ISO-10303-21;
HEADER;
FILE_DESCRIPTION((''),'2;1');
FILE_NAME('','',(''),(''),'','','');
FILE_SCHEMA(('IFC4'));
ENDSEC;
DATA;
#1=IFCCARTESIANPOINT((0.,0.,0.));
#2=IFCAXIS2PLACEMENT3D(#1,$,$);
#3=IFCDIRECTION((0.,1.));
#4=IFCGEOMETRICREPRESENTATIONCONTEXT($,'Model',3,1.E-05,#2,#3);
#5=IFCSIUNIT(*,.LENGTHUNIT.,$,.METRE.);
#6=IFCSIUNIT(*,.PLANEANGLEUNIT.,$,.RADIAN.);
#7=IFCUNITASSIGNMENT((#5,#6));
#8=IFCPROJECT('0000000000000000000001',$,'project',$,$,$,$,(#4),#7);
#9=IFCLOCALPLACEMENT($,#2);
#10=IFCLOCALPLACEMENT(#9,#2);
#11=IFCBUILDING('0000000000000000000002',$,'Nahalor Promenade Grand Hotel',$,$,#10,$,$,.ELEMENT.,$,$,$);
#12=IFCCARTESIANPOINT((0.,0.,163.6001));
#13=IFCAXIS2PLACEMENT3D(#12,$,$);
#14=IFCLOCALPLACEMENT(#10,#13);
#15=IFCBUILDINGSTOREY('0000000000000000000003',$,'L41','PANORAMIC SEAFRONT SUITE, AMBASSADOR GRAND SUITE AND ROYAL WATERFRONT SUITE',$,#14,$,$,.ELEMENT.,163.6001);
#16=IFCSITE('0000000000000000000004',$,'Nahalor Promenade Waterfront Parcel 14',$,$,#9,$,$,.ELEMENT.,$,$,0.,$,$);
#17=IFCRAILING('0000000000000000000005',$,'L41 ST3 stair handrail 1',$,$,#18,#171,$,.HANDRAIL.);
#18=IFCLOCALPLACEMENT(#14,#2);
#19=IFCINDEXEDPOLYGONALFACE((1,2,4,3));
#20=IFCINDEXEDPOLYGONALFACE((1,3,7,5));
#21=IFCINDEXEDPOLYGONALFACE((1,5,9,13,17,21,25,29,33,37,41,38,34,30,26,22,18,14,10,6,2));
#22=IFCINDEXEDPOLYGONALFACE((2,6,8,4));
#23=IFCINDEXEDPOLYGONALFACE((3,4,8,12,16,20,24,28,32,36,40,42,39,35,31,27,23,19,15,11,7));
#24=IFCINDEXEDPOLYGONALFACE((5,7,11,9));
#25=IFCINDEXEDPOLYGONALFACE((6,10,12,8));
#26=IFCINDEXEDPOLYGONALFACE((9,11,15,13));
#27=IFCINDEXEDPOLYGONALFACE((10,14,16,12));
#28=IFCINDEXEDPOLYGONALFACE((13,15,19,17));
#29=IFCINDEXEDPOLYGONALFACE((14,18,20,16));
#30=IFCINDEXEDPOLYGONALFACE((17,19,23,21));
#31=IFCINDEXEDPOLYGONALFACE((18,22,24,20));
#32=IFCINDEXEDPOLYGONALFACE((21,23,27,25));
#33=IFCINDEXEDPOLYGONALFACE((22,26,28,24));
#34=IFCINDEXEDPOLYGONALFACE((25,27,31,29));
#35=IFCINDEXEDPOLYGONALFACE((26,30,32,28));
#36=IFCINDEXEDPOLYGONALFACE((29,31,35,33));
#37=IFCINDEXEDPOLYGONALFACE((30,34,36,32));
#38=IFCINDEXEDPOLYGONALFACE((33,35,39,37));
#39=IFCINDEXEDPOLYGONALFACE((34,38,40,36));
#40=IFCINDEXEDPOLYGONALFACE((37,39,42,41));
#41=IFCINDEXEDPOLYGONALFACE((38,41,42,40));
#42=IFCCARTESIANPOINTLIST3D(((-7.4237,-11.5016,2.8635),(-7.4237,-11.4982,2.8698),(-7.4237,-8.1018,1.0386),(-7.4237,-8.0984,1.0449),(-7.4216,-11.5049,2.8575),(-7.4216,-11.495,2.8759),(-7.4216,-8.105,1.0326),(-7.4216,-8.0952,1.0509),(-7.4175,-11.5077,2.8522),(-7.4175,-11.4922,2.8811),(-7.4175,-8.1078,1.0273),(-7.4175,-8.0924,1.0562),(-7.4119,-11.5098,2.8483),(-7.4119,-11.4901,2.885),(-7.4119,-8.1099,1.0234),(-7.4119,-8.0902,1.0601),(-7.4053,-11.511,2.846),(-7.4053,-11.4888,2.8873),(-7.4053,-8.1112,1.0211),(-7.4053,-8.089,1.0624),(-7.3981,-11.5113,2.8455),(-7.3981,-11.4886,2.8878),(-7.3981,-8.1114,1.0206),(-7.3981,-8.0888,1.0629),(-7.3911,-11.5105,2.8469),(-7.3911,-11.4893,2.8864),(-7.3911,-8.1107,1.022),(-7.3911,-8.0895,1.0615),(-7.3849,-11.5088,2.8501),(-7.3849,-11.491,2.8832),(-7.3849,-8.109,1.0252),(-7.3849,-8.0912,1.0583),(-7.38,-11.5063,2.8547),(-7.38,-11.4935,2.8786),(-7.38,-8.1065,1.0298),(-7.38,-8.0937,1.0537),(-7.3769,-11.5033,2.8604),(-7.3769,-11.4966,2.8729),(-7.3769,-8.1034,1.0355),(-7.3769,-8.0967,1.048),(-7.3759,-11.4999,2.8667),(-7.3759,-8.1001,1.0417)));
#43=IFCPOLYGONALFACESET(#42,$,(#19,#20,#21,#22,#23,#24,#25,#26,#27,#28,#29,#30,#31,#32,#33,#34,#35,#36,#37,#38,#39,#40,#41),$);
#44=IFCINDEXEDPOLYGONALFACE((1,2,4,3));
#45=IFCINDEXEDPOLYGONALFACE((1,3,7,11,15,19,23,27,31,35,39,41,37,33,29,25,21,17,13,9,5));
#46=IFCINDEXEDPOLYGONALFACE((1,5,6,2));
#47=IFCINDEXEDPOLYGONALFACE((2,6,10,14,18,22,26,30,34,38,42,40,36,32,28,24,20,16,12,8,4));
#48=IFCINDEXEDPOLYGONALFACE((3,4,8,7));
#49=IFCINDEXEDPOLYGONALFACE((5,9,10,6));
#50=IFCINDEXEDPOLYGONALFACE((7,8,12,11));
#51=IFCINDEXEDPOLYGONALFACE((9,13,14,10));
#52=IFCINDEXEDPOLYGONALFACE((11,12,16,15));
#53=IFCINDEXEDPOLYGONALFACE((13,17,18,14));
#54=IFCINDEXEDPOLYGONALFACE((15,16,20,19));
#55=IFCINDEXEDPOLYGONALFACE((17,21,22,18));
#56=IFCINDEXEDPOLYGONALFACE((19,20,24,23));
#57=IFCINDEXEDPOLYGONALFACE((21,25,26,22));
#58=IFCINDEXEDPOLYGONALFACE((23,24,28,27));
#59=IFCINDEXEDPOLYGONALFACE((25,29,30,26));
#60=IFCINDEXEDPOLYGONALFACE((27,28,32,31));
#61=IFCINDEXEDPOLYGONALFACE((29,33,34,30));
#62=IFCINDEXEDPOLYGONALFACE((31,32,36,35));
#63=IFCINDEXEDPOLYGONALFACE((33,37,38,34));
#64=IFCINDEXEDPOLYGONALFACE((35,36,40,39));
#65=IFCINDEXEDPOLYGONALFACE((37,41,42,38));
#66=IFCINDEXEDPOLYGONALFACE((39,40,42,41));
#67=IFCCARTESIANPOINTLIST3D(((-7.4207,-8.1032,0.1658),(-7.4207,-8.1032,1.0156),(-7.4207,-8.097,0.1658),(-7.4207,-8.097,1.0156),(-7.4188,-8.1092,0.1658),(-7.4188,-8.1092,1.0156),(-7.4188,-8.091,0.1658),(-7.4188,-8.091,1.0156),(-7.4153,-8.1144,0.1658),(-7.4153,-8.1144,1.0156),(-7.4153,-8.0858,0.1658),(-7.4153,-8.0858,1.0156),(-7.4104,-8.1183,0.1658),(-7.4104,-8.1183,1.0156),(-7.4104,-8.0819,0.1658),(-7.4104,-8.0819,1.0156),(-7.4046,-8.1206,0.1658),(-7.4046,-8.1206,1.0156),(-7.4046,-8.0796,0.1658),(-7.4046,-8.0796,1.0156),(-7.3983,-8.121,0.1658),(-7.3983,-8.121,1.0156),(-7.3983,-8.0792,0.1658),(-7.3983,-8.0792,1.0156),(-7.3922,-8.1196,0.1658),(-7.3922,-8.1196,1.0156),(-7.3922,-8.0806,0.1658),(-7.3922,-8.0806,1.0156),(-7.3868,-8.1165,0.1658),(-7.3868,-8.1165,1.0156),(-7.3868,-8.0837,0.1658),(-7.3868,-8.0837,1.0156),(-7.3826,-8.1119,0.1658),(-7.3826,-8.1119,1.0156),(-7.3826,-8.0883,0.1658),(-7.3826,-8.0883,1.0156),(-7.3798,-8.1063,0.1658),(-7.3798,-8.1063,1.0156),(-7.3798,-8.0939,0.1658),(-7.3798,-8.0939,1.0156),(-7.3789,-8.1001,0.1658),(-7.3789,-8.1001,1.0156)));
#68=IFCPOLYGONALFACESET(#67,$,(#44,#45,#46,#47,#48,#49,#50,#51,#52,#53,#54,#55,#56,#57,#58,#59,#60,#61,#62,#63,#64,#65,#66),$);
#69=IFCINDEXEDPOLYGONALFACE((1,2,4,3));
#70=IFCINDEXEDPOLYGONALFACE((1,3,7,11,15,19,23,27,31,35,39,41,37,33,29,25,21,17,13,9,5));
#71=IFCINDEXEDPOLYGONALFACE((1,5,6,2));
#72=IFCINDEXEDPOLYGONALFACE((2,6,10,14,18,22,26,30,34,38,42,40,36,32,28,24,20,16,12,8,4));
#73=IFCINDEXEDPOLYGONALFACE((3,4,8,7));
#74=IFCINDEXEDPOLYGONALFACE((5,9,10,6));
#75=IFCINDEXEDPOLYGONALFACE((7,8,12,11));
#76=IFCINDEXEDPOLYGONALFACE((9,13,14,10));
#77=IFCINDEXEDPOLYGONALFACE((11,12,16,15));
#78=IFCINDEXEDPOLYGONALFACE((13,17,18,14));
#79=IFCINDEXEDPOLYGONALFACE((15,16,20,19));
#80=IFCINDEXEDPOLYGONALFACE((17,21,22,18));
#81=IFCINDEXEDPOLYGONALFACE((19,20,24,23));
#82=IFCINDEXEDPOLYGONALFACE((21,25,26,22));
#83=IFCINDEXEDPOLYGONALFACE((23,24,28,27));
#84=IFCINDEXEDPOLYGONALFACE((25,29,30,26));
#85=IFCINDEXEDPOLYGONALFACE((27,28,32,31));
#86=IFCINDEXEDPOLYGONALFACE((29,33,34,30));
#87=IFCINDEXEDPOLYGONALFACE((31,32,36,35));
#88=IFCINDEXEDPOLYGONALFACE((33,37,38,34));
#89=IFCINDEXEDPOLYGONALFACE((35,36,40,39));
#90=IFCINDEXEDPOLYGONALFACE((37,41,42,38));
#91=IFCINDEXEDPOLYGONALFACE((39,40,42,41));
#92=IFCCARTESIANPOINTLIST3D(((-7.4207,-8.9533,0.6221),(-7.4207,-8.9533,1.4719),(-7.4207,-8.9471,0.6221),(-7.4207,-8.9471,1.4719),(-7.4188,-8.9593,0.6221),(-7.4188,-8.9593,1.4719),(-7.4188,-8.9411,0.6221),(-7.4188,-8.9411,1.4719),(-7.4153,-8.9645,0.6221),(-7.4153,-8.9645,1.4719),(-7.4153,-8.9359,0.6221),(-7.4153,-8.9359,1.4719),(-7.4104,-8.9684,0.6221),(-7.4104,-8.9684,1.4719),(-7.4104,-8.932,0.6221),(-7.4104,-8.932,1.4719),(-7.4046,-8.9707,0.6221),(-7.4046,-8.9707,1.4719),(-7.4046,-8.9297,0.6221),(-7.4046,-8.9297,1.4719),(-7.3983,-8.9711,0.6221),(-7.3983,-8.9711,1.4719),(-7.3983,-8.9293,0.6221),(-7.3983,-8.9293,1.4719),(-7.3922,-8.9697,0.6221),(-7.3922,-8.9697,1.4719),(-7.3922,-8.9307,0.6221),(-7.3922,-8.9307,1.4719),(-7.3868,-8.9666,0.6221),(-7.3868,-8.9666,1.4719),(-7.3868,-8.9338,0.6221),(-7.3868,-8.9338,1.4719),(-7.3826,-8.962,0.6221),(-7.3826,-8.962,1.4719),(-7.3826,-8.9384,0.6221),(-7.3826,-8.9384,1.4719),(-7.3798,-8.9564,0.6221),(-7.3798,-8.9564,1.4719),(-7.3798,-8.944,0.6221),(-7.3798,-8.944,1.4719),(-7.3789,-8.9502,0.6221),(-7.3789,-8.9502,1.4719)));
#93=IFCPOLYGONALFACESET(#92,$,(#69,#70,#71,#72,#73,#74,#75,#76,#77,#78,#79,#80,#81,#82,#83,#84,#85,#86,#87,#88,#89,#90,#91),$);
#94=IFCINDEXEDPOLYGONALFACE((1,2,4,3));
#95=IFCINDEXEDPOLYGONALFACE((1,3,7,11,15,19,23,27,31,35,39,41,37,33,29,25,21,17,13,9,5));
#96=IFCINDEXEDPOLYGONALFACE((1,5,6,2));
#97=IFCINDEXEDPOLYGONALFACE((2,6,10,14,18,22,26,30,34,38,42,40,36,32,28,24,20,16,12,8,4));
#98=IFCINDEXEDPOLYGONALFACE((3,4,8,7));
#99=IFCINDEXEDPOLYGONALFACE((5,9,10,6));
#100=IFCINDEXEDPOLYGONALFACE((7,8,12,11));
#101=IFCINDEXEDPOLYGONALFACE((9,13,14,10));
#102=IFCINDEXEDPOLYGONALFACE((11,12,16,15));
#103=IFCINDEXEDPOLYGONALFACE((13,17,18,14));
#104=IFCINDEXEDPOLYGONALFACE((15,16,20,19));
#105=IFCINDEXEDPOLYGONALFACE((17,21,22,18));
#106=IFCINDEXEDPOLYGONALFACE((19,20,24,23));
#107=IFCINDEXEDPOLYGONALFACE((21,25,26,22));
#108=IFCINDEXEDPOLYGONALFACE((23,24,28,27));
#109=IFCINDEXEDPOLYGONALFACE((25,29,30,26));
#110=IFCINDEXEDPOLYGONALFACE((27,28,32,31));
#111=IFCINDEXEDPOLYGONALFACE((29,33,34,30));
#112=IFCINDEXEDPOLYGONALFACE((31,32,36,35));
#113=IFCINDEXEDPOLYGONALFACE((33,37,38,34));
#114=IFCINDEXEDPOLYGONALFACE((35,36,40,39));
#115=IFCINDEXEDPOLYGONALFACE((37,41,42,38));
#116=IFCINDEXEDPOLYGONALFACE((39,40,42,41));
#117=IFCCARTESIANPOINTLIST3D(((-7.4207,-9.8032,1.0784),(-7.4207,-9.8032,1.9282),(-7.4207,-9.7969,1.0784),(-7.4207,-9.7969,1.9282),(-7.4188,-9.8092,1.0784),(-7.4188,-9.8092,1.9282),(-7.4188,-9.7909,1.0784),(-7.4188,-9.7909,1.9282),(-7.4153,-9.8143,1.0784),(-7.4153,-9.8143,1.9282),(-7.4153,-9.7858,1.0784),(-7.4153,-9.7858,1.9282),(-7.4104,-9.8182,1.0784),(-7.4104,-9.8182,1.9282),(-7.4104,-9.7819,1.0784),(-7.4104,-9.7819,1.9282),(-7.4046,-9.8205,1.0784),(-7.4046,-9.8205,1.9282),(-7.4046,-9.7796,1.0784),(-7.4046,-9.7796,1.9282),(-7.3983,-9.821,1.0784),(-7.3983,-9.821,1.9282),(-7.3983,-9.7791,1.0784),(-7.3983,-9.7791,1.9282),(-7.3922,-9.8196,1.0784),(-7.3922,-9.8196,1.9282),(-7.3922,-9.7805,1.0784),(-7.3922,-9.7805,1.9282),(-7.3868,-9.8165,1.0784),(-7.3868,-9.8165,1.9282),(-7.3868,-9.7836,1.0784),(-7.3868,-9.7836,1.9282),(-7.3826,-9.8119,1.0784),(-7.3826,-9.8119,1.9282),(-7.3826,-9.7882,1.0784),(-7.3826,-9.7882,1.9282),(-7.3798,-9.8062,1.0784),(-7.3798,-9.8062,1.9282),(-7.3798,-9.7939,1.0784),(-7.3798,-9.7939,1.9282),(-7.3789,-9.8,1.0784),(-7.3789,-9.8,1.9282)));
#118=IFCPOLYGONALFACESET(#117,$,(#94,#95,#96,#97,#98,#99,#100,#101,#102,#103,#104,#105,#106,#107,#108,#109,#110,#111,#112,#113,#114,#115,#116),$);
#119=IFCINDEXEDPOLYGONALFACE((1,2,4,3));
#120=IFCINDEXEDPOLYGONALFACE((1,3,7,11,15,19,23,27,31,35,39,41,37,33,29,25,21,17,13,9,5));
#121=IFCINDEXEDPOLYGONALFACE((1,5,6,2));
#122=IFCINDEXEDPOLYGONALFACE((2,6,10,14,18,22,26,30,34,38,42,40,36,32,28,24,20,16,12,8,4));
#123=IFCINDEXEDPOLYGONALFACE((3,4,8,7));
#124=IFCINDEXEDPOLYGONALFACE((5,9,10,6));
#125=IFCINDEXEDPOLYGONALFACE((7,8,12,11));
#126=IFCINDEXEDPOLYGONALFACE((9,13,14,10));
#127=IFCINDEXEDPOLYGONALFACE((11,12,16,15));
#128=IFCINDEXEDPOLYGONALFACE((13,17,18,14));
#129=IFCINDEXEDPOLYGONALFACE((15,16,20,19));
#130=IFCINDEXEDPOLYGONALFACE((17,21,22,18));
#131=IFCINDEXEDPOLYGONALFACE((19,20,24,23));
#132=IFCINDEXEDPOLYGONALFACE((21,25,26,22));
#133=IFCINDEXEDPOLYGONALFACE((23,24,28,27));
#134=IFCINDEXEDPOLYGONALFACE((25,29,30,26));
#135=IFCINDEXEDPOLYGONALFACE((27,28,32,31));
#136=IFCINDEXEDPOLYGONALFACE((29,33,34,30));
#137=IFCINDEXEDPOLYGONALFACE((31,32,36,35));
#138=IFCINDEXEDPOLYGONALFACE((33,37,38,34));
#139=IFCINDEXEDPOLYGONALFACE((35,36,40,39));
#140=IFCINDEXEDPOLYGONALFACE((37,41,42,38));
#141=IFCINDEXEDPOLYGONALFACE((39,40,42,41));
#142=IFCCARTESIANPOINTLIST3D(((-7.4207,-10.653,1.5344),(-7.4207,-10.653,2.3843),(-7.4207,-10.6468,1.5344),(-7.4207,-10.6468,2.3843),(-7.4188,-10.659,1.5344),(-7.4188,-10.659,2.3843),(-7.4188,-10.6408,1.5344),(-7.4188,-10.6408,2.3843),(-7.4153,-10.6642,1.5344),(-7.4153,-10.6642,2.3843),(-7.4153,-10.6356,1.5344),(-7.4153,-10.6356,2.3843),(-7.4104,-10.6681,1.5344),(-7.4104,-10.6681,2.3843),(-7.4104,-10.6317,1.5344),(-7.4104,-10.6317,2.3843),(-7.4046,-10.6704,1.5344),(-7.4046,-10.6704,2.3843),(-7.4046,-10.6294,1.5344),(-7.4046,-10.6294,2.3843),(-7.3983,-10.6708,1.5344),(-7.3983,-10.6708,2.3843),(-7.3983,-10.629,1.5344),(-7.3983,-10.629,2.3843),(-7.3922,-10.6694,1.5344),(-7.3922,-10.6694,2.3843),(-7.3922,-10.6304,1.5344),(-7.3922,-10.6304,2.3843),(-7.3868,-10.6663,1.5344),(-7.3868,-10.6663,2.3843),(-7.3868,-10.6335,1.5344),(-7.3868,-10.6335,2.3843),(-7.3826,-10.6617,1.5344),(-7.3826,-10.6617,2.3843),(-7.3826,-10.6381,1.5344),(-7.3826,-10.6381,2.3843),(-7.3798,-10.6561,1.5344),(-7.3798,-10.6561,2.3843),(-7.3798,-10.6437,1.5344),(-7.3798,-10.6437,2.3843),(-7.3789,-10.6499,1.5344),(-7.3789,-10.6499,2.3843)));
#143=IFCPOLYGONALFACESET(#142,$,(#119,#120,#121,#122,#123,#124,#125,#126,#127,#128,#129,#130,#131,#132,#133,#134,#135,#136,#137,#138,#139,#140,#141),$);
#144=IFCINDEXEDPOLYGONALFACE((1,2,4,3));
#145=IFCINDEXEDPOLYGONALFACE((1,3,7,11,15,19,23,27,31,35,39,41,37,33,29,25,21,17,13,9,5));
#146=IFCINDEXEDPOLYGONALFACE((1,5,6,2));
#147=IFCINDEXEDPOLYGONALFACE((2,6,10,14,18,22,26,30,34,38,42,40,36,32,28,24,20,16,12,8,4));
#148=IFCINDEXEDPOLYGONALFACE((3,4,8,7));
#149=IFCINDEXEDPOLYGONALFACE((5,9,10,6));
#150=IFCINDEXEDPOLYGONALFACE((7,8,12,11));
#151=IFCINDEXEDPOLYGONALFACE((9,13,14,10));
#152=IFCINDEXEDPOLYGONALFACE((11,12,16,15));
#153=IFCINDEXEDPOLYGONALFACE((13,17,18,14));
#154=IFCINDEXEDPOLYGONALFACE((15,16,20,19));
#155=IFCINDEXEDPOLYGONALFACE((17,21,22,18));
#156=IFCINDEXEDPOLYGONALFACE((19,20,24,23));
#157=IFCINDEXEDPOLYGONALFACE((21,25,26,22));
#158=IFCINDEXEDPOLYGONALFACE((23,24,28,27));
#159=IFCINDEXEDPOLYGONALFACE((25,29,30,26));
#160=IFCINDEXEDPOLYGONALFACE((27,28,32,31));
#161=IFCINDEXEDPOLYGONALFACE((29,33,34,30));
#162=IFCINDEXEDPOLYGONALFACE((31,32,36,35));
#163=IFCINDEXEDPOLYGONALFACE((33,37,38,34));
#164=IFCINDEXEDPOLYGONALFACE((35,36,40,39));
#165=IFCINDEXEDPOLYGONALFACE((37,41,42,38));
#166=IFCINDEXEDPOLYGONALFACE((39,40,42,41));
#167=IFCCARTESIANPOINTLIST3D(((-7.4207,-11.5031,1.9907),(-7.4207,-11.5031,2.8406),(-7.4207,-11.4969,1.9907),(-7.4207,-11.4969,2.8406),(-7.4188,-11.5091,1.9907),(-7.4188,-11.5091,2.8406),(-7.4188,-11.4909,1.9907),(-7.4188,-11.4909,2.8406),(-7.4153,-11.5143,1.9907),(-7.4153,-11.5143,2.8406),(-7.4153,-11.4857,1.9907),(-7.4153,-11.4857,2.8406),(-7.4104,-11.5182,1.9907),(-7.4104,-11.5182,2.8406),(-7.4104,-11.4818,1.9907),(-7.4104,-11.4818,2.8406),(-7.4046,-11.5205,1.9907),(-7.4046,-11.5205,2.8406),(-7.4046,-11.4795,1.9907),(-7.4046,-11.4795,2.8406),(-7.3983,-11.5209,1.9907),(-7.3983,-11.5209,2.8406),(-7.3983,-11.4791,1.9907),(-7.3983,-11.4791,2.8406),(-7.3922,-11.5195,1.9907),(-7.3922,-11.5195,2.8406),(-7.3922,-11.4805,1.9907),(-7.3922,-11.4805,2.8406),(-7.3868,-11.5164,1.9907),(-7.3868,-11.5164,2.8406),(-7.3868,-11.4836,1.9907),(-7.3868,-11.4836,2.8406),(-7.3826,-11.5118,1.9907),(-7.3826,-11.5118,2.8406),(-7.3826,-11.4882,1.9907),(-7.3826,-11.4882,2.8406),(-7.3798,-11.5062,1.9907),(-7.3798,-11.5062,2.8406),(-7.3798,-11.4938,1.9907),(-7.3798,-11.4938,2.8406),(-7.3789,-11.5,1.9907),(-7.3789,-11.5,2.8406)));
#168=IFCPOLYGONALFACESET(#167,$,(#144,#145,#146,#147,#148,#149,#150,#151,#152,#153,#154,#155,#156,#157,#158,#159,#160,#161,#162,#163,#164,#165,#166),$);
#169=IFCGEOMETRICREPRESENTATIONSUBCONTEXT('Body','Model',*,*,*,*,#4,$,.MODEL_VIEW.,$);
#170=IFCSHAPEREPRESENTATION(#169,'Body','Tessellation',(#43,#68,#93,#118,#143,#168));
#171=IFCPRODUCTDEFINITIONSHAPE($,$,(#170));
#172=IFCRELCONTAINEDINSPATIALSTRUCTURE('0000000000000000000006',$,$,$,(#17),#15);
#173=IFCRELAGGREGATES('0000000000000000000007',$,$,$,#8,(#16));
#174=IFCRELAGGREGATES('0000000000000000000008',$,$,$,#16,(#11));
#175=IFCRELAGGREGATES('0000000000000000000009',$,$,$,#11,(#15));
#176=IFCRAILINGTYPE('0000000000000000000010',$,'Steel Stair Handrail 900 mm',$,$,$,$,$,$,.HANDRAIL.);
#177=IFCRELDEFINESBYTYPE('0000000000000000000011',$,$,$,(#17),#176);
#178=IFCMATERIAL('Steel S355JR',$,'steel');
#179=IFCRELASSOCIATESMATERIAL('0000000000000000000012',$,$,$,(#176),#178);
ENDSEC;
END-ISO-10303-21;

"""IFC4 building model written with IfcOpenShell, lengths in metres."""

from ifc_helpers import new_model, si_unit, direction, frame, origin, origin_2d, place, context, subcontext, project, spatial, circle, extrude, material, type_object, element, save


model = new_model("IFC4")

# Units and contexts
model_context = context("Model", 3, precision=1e-05, world=origin(), true_north=direction((0.0, 1.0)))
body_context = subcontext(model_context, "Body", "Model", "MODEL_VIEW")
ifc_project = project(units=[si_unit("LENGTHUNIT", "METRE"), si_unit("PLANEANGLEUNIT", "RADIAN")], contexts=[model_context])

# Site, building, storey
site_placement = place(None, origin())
site = spatial("IfcSite", under=ifc_project, at=site_placement, Name="Nahalor Promenade Waterfront Parcel 14", CompositionType="ELEMENT", RefElevation=0.0)
building_placement = place(site_placement, origin())
building = spatial("IfcBuilding", under=site, at=building_placement, Name="Nahalor Promenade Grand Hotel", CompositionType="ELEMENT")
storey_placement = place(building_placement, frame((0.0, 0.0, 163.6001)))
storey = spatial("IfcBuildingStorey", under=building, at=storey_placement, Name="L41", Description="PANORAMIC SEAFRONT SUITE, AMBASSADOR GRAND SUITE AND ROYAL WATERFRONT SUITE", CompositionType="ELEMENT", Elevation=163.6001)

# Shared definitions
ifc_material_1 = material(Name="Steel S355JR", Category="steel")

# Railing
railing_type_1 = type_object("IfcRailingType", Name="Steel Stair Handrail 900 mm", PredefinedType="HANDRAIL", material=ifc_material_1)
for number, where, name in (
    (1, (-7.3999, -8.1001, 0.1658), "L41 ST3 stair handrail 1"),
):
    element("IfcRailing", number, at=place(storey_placement, frame(where)), inside=storey, type_object=railing_type_1, Name=name, PredefinedType="HANDRAIL", context=body_context, shape_type="SweptSolid", body=[
        extrude(circle(Radius=0.024, at=origin_2d()), frame((0.0, 0.0, 0.876), z_axis=(0.0, -0.881094, 0.472941), x_axis=(1.0, 0.0, 0.0)), (0.0, 0.0, 1.0), 3.8586),
        extrude(circle(Radius=0.021, at=origin_2d()), origin(), (0.0, 0.0, 1.0), 0.8499),
        extrude(circle(Radius=0.021, at=origin_2d()), frame((0.0, -0.8501, 0.4563)), (0.0, 0.0, 1.0), 0.8499),
        extrude(circle(Radius=0.021, at=origin_2d()), frame((0.0, -1.7, 0.9126)), (0.0, 0.0, 1.0), 0.8499),
        extrude(circle(Radius=0.021, at=origin_2d()), frame((0.0, -2.5498, 1.3687)), (0.0, 0.0, 1.0), 0.8499),
        extrude(circle(Radius=0.021, at=origin_2d()), frame((0.0, -3.3999, 1.825)), (0.0, 0.0, 1.0), 0.8499),
    ])

save(model, "model.ifc")
